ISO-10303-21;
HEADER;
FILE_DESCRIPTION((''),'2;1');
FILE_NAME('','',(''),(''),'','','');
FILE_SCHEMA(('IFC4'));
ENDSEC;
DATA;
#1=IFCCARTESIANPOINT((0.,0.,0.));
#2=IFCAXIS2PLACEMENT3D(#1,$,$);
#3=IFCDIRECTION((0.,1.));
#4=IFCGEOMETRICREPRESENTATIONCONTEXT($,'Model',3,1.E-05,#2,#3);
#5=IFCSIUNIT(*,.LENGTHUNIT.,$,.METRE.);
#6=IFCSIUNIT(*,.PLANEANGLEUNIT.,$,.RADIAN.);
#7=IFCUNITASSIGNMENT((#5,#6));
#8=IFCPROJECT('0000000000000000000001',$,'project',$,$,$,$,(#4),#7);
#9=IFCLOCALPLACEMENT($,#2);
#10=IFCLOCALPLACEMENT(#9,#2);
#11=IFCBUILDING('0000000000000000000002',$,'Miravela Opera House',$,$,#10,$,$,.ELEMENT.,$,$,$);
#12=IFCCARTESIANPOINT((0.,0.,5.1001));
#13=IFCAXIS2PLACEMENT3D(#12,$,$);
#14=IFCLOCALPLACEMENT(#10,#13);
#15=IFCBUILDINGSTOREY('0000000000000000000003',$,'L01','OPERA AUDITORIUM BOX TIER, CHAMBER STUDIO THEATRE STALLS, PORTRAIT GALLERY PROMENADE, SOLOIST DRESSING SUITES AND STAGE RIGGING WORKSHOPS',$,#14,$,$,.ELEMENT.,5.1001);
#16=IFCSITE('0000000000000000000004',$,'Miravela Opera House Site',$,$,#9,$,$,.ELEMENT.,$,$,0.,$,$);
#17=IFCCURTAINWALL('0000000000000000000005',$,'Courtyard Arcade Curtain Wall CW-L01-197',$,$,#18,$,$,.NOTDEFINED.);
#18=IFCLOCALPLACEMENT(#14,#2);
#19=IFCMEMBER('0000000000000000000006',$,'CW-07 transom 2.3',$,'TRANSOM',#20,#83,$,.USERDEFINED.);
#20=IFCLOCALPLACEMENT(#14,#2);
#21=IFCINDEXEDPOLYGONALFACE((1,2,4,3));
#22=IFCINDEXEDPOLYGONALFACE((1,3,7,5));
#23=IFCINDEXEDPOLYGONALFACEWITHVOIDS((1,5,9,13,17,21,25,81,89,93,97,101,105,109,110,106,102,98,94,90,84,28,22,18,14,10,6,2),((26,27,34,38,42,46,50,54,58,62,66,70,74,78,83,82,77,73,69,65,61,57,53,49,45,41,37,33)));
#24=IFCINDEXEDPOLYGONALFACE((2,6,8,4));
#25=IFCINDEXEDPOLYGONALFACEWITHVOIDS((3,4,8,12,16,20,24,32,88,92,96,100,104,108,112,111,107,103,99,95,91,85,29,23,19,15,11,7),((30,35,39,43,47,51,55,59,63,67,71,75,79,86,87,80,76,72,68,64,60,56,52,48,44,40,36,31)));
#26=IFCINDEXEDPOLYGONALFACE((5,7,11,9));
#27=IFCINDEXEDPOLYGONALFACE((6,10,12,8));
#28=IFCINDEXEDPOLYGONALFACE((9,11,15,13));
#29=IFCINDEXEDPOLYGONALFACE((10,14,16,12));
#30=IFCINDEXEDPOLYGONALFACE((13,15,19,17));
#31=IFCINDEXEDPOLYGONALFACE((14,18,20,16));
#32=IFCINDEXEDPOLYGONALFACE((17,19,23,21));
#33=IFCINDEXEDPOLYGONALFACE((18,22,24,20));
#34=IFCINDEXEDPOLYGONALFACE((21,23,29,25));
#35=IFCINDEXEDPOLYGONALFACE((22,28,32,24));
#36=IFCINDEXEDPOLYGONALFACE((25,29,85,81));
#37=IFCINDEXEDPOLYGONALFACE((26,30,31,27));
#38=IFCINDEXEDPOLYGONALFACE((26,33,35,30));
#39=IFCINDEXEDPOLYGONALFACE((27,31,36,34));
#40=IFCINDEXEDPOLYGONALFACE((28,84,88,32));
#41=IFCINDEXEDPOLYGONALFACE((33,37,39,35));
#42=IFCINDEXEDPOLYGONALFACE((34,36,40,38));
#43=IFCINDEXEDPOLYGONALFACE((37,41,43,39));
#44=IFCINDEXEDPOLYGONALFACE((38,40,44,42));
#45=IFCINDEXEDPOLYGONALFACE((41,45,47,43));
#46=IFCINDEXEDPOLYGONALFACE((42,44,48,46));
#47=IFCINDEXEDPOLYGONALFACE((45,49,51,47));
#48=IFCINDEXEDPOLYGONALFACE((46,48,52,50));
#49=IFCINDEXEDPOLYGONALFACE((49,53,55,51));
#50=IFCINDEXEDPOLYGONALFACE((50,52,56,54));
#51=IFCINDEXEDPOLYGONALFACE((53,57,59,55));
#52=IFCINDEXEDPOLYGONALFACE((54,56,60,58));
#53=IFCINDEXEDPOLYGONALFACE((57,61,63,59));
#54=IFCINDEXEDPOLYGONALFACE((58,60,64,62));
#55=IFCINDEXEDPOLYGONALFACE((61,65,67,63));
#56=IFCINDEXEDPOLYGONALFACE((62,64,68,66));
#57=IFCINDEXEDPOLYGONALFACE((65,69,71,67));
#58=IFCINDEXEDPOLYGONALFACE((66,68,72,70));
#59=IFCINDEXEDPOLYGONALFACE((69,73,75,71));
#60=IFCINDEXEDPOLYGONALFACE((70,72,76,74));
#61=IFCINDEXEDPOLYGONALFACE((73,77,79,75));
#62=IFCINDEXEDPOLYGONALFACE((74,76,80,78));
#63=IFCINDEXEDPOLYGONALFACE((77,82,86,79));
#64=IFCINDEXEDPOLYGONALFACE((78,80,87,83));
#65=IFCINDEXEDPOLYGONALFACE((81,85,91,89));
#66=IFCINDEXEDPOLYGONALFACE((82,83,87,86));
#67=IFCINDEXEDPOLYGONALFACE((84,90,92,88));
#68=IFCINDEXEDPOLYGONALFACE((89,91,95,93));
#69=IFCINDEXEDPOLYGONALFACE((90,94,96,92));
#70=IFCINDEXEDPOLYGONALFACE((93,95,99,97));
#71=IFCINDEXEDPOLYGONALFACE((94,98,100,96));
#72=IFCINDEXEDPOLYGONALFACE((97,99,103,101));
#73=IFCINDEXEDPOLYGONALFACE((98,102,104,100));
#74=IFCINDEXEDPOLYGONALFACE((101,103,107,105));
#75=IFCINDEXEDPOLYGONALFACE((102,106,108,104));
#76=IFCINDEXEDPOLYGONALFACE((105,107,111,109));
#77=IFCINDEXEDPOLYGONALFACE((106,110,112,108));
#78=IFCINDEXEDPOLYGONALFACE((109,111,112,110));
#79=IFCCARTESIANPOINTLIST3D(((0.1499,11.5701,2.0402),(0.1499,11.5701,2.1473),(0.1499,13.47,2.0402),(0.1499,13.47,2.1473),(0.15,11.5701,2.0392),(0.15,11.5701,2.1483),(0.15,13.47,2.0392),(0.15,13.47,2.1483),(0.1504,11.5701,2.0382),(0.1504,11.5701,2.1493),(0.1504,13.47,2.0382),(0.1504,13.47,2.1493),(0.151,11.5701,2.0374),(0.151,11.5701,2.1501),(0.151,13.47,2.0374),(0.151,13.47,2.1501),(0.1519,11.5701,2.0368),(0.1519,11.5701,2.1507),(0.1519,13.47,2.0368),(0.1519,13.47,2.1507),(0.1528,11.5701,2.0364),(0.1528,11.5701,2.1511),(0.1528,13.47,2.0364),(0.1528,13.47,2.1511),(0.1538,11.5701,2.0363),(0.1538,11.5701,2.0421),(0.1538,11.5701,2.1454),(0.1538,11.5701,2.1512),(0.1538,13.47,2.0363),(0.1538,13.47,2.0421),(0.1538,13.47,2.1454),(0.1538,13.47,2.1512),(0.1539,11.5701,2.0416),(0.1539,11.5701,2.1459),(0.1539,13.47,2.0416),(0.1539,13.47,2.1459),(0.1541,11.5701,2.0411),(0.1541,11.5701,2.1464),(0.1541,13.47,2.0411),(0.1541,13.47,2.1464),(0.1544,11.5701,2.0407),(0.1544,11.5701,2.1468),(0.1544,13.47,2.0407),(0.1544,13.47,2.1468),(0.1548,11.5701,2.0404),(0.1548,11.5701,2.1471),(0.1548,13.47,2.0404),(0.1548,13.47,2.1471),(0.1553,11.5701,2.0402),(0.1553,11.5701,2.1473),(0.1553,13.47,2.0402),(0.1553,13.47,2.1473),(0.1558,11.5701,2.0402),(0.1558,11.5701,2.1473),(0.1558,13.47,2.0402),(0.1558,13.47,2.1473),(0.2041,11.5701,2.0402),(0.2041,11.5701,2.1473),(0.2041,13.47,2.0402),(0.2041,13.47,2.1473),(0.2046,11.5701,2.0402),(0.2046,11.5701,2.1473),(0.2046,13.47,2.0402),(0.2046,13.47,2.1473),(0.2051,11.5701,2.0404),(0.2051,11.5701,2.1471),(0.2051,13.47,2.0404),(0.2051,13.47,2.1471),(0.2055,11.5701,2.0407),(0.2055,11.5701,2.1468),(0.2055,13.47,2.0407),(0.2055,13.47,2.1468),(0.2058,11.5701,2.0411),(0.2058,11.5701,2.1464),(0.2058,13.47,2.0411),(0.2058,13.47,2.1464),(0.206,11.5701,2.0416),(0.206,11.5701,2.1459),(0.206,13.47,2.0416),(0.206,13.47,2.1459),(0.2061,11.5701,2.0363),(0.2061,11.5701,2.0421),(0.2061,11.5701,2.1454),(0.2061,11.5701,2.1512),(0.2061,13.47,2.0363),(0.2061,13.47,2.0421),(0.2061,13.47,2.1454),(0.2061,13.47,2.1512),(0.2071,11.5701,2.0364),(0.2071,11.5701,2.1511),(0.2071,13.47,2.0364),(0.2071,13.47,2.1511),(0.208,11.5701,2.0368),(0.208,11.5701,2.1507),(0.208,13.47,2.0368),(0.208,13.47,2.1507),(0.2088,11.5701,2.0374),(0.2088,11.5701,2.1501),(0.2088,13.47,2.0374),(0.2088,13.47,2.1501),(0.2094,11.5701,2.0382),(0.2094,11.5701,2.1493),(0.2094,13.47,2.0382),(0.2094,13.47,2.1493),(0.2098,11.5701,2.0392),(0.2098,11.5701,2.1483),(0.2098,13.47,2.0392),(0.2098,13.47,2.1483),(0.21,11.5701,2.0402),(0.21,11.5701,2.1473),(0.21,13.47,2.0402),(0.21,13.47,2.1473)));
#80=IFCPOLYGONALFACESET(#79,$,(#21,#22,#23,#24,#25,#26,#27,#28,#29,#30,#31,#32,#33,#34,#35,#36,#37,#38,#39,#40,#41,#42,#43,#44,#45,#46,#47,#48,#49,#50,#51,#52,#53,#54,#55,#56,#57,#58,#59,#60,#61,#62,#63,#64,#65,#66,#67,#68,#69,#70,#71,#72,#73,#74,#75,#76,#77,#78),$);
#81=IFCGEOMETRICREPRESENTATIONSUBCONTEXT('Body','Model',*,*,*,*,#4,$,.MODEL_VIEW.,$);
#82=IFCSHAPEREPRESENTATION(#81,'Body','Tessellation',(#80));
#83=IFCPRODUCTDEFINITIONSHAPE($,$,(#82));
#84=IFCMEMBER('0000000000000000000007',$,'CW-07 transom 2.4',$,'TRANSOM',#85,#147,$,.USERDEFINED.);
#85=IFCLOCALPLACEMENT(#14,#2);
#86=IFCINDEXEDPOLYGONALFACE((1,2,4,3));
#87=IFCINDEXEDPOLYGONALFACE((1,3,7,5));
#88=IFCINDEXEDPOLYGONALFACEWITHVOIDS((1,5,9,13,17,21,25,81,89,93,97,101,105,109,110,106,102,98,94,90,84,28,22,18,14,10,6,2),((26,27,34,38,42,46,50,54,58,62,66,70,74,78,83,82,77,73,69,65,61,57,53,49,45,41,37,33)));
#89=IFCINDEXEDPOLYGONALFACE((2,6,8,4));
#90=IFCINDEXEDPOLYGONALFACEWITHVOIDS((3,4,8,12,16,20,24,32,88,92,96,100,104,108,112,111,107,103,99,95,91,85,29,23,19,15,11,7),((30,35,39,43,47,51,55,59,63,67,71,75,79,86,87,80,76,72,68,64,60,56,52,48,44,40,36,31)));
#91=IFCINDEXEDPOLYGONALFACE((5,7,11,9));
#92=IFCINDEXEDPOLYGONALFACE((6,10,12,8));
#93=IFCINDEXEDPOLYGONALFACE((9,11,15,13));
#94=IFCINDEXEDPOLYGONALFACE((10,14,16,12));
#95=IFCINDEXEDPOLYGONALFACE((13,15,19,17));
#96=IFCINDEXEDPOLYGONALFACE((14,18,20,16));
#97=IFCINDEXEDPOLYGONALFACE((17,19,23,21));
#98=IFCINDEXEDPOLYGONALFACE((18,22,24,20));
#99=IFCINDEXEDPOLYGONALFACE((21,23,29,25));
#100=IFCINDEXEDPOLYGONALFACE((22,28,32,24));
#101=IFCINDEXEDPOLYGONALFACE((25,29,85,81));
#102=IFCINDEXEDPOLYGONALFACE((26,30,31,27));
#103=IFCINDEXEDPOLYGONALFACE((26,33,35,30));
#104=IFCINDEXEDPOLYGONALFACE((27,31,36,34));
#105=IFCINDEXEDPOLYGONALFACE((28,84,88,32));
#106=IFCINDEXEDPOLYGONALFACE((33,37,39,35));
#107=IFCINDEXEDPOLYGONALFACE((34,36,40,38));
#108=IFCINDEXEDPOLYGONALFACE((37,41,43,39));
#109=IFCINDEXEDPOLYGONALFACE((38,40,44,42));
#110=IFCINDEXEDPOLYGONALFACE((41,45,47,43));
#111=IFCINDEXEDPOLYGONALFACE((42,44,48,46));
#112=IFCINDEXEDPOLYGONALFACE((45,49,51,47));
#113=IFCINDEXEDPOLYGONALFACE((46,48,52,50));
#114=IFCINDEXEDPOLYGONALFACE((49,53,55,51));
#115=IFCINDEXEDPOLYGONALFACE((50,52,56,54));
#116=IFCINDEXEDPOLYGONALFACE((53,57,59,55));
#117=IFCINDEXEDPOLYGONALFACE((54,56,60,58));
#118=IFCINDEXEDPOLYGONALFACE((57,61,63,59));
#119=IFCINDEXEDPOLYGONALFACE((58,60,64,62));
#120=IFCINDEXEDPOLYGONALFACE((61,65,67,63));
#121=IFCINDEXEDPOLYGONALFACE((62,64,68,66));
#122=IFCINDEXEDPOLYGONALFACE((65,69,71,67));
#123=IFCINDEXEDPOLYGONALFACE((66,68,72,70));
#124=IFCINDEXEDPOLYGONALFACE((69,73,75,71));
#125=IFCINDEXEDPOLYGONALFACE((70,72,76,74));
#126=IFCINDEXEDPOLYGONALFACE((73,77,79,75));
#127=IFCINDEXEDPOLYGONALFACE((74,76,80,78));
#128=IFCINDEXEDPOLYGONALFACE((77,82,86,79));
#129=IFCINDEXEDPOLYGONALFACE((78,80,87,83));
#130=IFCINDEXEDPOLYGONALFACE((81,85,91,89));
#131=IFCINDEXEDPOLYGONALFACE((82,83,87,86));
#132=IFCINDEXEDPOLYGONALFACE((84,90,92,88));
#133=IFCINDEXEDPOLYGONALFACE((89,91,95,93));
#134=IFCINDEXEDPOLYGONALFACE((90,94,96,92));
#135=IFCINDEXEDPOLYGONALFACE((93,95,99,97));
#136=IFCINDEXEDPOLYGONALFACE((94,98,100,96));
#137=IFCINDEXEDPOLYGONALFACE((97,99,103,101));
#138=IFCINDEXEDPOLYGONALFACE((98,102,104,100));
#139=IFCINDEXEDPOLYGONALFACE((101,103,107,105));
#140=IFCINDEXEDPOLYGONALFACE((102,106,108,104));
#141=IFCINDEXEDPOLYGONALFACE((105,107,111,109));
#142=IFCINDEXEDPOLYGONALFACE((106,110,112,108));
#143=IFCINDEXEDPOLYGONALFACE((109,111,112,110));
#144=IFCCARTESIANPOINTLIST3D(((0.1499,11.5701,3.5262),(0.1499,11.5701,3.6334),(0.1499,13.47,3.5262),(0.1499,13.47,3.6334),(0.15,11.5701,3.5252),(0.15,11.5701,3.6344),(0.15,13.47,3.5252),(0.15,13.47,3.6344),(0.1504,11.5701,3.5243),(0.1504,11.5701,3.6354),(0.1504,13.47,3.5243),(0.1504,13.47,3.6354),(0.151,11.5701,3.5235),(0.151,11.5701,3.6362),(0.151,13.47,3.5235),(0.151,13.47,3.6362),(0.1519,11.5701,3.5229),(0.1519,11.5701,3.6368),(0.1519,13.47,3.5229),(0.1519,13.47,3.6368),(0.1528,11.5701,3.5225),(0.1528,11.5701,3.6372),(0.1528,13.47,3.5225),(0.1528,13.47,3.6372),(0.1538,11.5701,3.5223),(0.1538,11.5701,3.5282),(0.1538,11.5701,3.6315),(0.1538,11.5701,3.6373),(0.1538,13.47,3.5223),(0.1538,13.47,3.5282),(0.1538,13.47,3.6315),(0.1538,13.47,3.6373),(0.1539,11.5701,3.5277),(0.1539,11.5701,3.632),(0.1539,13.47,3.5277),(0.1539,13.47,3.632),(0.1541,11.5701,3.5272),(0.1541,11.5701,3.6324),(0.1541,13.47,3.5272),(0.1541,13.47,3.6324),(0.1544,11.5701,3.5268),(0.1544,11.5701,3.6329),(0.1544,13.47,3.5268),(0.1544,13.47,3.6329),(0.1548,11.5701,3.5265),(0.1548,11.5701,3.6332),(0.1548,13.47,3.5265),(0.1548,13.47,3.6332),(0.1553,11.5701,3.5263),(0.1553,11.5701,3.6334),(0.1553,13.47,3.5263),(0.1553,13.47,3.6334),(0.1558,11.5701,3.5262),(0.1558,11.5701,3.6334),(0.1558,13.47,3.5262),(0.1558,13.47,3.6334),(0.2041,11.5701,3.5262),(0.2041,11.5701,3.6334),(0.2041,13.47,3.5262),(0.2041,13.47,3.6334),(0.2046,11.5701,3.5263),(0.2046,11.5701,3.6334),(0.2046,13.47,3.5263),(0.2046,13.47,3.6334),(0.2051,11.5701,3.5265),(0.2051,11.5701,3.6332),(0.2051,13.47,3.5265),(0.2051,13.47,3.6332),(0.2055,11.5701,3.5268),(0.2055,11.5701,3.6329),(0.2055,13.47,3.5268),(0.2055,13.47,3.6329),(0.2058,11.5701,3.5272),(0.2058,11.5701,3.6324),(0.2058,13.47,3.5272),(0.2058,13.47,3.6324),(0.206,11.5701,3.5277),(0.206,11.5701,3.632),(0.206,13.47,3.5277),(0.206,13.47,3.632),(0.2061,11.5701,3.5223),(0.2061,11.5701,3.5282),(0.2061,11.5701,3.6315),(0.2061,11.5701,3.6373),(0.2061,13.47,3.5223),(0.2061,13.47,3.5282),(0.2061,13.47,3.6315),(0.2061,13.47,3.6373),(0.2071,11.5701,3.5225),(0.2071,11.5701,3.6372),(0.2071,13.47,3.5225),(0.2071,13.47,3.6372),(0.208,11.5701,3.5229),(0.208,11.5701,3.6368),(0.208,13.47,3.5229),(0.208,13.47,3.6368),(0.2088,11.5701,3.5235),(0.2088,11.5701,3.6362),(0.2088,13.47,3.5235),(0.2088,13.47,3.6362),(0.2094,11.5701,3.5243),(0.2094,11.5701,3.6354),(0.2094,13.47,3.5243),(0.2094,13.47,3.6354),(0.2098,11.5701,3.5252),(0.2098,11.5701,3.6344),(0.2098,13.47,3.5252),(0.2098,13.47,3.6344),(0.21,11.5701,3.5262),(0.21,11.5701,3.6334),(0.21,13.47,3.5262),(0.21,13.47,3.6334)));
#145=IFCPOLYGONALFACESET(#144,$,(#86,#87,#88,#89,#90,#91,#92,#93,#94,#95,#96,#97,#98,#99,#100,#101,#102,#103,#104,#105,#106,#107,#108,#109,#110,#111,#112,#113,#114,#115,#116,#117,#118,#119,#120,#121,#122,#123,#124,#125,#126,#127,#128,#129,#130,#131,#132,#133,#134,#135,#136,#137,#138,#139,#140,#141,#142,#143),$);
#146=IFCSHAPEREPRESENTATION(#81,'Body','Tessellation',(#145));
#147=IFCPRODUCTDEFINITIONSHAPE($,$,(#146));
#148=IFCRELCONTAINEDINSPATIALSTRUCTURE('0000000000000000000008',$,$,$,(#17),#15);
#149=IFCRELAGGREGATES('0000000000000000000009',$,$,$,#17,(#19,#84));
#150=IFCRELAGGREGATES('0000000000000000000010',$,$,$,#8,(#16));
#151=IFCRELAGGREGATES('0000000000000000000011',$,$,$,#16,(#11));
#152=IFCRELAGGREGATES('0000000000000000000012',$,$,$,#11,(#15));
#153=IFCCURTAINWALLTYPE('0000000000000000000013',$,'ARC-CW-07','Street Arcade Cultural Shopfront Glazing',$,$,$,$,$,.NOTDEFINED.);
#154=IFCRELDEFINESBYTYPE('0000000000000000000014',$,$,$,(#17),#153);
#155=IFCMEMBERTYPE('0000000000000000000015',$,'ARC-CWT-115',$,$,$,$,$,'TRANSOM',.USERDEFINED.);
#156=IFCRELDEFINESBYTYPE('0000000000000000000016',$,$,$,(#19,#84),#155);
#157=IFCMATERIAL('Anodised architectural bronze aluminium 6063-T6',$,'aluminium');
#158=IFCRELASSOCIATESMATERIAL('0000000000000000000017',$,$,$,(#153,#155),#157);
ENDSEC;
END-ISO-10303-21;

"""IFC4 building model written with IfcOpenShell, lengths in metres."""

from ifc_helpers import new_model, si_unit, direction, frame, origin, origin_2d, place, context, subcontext, project, spatial, hollow_rectangle, extrude, material, material_profile, profile_set, type_object, element, aggregate, save


model = new_model("IFC4")

# Units and contexts
model_context = context("Model", 3, precision=1e-05, world=origin(), true_north=direction((0.0, 1.0)))
body_context = subcontext(model_context, "Body", "Model", "MODEL_VIEW")
ifc_project = project(units=[si_unit("LENGTHUNIT", "METRE"), si_unit("PLANEANGLEUNIT", "RADIAN")], contexts=[model_context])

# Site, building, storey
site_placement = place(None, origin())
site = spatial("IfcSite", under=ifc_project, at=site_placement, Name="Miravela Opera House Site", CompositionType="ELEMENT", RefElevation=0.0)
building_placement = place(site_placement, origin())
building = spatial("IfcBuilding", under=site, at=building_placement, Name="Miravela Opera House", CompositionType="ELEMENT")
storey_placement = place(building_placement, frame((0.0, 0.0, 5.1001)))
storey = spatial("IfcBuildingStorey", under=building, at=storey_placement, Name="L01", Description="OPERA AUDITORIUM BOX TIER, CHAMBER STUDIO THEATRE STALLS, PORTRAIT GALLERY PROMENADE, SOLOIST DRESSING SUITES AND STAGE RIGGING WORKSHOPS", CompositionType="ELEMENT", Elevation=5.1001)

# Curtain wall, members
ifc_material_1 = material(Name="Anodised architectural bronze aluminium 6063-T6", Category="aluminium")
curtain_wall_type = type_object("IfcCurtainWallType", Name="ARC-CW-07", Description="Street Arcade Cultural Shopfront Glazing", PredefinedType="NOTDEFINED", material=ifc_material_1)
curtain_wall_placement = place(storey_placement, origin())
curtain_wall = element("IfcCurtainWall", 1, at=curtain_wall_placement, inside=storey, type_object=curtain_wall_type, Name="Courtyard Arcade Curtain Wall CW-L01-197", PredefinedType="NOTDEFINED")
ifc_material_profile_1 = material_profile(ifc_material_1, hollow_rectangle(XDim=0.0601, YDim=0.115, WallThickness=0.0039, InnerFilletRadius=0.002, OuterFilletRadius=0.0039, at=origin_2d()), Name="CWT-60X115")
ifc_profile_set_1 = profile_set([ifc_material_profile_1])
member_type_1 = type_object("IfcMemberType", Name="ARC-CWT-115", ElementType="TRANSOM", PredefinedType="USERDEFINED", material=ifc_profile_set_1)
member_1_placement = place(storey_placement, frame((0.1799, 11.5701, 2.0938), z_axis=(0.0, 1.0, 0.0), x_axis=(-1.0, 0.0, 0.0)))
member_1 = element("IfcMember", 2, at=member_1_placement, type_object=member_type_1, Name="CW-07 transom 2.3", ObjectType="TRANSOM", PredefinedType="USERDEFINED", context=body_context, shape_type="SweptSolid", body=[
    extrude(hollow_rectangle(XDim=0.0601, YDim=0.115, WallThickness=0.0039, InnerFilletRadius=0.002, OuterFilletRadius=0.0039, at=origin_2d()), origin(), (0.0, 0.0, 1.0), 1.8999),
])
member_2_placement = place(storey_placement, frame((0.1799, 11.5701, 3.5798), z_axis=(0.0, 1.0, 0.0), x_axis=(-1.0, 0.0, 0.0)))
member_2 = element("IfcMember", 3, at=member_2_placement, type_object=member_type_1, Name="CW-07 transom 2.4", ObjectType="TRANSOM", PredefinedType="USERDEFINED", context=body_context, shape_type="SweptSolid", body=[
    extrude(hollow_rectangle(XDim=0.0601, YDim=0.115, WallThickness=0.0039, InnerFilletRadius=0.002, OuterFilletRadius=0.0039, at=origin_2d()), origin(), (0.0, 0.0, 1.0), 1.8999),
])
aggregate(curtain_wall, [member_1, member_2])

save(model, "model.ifc")
